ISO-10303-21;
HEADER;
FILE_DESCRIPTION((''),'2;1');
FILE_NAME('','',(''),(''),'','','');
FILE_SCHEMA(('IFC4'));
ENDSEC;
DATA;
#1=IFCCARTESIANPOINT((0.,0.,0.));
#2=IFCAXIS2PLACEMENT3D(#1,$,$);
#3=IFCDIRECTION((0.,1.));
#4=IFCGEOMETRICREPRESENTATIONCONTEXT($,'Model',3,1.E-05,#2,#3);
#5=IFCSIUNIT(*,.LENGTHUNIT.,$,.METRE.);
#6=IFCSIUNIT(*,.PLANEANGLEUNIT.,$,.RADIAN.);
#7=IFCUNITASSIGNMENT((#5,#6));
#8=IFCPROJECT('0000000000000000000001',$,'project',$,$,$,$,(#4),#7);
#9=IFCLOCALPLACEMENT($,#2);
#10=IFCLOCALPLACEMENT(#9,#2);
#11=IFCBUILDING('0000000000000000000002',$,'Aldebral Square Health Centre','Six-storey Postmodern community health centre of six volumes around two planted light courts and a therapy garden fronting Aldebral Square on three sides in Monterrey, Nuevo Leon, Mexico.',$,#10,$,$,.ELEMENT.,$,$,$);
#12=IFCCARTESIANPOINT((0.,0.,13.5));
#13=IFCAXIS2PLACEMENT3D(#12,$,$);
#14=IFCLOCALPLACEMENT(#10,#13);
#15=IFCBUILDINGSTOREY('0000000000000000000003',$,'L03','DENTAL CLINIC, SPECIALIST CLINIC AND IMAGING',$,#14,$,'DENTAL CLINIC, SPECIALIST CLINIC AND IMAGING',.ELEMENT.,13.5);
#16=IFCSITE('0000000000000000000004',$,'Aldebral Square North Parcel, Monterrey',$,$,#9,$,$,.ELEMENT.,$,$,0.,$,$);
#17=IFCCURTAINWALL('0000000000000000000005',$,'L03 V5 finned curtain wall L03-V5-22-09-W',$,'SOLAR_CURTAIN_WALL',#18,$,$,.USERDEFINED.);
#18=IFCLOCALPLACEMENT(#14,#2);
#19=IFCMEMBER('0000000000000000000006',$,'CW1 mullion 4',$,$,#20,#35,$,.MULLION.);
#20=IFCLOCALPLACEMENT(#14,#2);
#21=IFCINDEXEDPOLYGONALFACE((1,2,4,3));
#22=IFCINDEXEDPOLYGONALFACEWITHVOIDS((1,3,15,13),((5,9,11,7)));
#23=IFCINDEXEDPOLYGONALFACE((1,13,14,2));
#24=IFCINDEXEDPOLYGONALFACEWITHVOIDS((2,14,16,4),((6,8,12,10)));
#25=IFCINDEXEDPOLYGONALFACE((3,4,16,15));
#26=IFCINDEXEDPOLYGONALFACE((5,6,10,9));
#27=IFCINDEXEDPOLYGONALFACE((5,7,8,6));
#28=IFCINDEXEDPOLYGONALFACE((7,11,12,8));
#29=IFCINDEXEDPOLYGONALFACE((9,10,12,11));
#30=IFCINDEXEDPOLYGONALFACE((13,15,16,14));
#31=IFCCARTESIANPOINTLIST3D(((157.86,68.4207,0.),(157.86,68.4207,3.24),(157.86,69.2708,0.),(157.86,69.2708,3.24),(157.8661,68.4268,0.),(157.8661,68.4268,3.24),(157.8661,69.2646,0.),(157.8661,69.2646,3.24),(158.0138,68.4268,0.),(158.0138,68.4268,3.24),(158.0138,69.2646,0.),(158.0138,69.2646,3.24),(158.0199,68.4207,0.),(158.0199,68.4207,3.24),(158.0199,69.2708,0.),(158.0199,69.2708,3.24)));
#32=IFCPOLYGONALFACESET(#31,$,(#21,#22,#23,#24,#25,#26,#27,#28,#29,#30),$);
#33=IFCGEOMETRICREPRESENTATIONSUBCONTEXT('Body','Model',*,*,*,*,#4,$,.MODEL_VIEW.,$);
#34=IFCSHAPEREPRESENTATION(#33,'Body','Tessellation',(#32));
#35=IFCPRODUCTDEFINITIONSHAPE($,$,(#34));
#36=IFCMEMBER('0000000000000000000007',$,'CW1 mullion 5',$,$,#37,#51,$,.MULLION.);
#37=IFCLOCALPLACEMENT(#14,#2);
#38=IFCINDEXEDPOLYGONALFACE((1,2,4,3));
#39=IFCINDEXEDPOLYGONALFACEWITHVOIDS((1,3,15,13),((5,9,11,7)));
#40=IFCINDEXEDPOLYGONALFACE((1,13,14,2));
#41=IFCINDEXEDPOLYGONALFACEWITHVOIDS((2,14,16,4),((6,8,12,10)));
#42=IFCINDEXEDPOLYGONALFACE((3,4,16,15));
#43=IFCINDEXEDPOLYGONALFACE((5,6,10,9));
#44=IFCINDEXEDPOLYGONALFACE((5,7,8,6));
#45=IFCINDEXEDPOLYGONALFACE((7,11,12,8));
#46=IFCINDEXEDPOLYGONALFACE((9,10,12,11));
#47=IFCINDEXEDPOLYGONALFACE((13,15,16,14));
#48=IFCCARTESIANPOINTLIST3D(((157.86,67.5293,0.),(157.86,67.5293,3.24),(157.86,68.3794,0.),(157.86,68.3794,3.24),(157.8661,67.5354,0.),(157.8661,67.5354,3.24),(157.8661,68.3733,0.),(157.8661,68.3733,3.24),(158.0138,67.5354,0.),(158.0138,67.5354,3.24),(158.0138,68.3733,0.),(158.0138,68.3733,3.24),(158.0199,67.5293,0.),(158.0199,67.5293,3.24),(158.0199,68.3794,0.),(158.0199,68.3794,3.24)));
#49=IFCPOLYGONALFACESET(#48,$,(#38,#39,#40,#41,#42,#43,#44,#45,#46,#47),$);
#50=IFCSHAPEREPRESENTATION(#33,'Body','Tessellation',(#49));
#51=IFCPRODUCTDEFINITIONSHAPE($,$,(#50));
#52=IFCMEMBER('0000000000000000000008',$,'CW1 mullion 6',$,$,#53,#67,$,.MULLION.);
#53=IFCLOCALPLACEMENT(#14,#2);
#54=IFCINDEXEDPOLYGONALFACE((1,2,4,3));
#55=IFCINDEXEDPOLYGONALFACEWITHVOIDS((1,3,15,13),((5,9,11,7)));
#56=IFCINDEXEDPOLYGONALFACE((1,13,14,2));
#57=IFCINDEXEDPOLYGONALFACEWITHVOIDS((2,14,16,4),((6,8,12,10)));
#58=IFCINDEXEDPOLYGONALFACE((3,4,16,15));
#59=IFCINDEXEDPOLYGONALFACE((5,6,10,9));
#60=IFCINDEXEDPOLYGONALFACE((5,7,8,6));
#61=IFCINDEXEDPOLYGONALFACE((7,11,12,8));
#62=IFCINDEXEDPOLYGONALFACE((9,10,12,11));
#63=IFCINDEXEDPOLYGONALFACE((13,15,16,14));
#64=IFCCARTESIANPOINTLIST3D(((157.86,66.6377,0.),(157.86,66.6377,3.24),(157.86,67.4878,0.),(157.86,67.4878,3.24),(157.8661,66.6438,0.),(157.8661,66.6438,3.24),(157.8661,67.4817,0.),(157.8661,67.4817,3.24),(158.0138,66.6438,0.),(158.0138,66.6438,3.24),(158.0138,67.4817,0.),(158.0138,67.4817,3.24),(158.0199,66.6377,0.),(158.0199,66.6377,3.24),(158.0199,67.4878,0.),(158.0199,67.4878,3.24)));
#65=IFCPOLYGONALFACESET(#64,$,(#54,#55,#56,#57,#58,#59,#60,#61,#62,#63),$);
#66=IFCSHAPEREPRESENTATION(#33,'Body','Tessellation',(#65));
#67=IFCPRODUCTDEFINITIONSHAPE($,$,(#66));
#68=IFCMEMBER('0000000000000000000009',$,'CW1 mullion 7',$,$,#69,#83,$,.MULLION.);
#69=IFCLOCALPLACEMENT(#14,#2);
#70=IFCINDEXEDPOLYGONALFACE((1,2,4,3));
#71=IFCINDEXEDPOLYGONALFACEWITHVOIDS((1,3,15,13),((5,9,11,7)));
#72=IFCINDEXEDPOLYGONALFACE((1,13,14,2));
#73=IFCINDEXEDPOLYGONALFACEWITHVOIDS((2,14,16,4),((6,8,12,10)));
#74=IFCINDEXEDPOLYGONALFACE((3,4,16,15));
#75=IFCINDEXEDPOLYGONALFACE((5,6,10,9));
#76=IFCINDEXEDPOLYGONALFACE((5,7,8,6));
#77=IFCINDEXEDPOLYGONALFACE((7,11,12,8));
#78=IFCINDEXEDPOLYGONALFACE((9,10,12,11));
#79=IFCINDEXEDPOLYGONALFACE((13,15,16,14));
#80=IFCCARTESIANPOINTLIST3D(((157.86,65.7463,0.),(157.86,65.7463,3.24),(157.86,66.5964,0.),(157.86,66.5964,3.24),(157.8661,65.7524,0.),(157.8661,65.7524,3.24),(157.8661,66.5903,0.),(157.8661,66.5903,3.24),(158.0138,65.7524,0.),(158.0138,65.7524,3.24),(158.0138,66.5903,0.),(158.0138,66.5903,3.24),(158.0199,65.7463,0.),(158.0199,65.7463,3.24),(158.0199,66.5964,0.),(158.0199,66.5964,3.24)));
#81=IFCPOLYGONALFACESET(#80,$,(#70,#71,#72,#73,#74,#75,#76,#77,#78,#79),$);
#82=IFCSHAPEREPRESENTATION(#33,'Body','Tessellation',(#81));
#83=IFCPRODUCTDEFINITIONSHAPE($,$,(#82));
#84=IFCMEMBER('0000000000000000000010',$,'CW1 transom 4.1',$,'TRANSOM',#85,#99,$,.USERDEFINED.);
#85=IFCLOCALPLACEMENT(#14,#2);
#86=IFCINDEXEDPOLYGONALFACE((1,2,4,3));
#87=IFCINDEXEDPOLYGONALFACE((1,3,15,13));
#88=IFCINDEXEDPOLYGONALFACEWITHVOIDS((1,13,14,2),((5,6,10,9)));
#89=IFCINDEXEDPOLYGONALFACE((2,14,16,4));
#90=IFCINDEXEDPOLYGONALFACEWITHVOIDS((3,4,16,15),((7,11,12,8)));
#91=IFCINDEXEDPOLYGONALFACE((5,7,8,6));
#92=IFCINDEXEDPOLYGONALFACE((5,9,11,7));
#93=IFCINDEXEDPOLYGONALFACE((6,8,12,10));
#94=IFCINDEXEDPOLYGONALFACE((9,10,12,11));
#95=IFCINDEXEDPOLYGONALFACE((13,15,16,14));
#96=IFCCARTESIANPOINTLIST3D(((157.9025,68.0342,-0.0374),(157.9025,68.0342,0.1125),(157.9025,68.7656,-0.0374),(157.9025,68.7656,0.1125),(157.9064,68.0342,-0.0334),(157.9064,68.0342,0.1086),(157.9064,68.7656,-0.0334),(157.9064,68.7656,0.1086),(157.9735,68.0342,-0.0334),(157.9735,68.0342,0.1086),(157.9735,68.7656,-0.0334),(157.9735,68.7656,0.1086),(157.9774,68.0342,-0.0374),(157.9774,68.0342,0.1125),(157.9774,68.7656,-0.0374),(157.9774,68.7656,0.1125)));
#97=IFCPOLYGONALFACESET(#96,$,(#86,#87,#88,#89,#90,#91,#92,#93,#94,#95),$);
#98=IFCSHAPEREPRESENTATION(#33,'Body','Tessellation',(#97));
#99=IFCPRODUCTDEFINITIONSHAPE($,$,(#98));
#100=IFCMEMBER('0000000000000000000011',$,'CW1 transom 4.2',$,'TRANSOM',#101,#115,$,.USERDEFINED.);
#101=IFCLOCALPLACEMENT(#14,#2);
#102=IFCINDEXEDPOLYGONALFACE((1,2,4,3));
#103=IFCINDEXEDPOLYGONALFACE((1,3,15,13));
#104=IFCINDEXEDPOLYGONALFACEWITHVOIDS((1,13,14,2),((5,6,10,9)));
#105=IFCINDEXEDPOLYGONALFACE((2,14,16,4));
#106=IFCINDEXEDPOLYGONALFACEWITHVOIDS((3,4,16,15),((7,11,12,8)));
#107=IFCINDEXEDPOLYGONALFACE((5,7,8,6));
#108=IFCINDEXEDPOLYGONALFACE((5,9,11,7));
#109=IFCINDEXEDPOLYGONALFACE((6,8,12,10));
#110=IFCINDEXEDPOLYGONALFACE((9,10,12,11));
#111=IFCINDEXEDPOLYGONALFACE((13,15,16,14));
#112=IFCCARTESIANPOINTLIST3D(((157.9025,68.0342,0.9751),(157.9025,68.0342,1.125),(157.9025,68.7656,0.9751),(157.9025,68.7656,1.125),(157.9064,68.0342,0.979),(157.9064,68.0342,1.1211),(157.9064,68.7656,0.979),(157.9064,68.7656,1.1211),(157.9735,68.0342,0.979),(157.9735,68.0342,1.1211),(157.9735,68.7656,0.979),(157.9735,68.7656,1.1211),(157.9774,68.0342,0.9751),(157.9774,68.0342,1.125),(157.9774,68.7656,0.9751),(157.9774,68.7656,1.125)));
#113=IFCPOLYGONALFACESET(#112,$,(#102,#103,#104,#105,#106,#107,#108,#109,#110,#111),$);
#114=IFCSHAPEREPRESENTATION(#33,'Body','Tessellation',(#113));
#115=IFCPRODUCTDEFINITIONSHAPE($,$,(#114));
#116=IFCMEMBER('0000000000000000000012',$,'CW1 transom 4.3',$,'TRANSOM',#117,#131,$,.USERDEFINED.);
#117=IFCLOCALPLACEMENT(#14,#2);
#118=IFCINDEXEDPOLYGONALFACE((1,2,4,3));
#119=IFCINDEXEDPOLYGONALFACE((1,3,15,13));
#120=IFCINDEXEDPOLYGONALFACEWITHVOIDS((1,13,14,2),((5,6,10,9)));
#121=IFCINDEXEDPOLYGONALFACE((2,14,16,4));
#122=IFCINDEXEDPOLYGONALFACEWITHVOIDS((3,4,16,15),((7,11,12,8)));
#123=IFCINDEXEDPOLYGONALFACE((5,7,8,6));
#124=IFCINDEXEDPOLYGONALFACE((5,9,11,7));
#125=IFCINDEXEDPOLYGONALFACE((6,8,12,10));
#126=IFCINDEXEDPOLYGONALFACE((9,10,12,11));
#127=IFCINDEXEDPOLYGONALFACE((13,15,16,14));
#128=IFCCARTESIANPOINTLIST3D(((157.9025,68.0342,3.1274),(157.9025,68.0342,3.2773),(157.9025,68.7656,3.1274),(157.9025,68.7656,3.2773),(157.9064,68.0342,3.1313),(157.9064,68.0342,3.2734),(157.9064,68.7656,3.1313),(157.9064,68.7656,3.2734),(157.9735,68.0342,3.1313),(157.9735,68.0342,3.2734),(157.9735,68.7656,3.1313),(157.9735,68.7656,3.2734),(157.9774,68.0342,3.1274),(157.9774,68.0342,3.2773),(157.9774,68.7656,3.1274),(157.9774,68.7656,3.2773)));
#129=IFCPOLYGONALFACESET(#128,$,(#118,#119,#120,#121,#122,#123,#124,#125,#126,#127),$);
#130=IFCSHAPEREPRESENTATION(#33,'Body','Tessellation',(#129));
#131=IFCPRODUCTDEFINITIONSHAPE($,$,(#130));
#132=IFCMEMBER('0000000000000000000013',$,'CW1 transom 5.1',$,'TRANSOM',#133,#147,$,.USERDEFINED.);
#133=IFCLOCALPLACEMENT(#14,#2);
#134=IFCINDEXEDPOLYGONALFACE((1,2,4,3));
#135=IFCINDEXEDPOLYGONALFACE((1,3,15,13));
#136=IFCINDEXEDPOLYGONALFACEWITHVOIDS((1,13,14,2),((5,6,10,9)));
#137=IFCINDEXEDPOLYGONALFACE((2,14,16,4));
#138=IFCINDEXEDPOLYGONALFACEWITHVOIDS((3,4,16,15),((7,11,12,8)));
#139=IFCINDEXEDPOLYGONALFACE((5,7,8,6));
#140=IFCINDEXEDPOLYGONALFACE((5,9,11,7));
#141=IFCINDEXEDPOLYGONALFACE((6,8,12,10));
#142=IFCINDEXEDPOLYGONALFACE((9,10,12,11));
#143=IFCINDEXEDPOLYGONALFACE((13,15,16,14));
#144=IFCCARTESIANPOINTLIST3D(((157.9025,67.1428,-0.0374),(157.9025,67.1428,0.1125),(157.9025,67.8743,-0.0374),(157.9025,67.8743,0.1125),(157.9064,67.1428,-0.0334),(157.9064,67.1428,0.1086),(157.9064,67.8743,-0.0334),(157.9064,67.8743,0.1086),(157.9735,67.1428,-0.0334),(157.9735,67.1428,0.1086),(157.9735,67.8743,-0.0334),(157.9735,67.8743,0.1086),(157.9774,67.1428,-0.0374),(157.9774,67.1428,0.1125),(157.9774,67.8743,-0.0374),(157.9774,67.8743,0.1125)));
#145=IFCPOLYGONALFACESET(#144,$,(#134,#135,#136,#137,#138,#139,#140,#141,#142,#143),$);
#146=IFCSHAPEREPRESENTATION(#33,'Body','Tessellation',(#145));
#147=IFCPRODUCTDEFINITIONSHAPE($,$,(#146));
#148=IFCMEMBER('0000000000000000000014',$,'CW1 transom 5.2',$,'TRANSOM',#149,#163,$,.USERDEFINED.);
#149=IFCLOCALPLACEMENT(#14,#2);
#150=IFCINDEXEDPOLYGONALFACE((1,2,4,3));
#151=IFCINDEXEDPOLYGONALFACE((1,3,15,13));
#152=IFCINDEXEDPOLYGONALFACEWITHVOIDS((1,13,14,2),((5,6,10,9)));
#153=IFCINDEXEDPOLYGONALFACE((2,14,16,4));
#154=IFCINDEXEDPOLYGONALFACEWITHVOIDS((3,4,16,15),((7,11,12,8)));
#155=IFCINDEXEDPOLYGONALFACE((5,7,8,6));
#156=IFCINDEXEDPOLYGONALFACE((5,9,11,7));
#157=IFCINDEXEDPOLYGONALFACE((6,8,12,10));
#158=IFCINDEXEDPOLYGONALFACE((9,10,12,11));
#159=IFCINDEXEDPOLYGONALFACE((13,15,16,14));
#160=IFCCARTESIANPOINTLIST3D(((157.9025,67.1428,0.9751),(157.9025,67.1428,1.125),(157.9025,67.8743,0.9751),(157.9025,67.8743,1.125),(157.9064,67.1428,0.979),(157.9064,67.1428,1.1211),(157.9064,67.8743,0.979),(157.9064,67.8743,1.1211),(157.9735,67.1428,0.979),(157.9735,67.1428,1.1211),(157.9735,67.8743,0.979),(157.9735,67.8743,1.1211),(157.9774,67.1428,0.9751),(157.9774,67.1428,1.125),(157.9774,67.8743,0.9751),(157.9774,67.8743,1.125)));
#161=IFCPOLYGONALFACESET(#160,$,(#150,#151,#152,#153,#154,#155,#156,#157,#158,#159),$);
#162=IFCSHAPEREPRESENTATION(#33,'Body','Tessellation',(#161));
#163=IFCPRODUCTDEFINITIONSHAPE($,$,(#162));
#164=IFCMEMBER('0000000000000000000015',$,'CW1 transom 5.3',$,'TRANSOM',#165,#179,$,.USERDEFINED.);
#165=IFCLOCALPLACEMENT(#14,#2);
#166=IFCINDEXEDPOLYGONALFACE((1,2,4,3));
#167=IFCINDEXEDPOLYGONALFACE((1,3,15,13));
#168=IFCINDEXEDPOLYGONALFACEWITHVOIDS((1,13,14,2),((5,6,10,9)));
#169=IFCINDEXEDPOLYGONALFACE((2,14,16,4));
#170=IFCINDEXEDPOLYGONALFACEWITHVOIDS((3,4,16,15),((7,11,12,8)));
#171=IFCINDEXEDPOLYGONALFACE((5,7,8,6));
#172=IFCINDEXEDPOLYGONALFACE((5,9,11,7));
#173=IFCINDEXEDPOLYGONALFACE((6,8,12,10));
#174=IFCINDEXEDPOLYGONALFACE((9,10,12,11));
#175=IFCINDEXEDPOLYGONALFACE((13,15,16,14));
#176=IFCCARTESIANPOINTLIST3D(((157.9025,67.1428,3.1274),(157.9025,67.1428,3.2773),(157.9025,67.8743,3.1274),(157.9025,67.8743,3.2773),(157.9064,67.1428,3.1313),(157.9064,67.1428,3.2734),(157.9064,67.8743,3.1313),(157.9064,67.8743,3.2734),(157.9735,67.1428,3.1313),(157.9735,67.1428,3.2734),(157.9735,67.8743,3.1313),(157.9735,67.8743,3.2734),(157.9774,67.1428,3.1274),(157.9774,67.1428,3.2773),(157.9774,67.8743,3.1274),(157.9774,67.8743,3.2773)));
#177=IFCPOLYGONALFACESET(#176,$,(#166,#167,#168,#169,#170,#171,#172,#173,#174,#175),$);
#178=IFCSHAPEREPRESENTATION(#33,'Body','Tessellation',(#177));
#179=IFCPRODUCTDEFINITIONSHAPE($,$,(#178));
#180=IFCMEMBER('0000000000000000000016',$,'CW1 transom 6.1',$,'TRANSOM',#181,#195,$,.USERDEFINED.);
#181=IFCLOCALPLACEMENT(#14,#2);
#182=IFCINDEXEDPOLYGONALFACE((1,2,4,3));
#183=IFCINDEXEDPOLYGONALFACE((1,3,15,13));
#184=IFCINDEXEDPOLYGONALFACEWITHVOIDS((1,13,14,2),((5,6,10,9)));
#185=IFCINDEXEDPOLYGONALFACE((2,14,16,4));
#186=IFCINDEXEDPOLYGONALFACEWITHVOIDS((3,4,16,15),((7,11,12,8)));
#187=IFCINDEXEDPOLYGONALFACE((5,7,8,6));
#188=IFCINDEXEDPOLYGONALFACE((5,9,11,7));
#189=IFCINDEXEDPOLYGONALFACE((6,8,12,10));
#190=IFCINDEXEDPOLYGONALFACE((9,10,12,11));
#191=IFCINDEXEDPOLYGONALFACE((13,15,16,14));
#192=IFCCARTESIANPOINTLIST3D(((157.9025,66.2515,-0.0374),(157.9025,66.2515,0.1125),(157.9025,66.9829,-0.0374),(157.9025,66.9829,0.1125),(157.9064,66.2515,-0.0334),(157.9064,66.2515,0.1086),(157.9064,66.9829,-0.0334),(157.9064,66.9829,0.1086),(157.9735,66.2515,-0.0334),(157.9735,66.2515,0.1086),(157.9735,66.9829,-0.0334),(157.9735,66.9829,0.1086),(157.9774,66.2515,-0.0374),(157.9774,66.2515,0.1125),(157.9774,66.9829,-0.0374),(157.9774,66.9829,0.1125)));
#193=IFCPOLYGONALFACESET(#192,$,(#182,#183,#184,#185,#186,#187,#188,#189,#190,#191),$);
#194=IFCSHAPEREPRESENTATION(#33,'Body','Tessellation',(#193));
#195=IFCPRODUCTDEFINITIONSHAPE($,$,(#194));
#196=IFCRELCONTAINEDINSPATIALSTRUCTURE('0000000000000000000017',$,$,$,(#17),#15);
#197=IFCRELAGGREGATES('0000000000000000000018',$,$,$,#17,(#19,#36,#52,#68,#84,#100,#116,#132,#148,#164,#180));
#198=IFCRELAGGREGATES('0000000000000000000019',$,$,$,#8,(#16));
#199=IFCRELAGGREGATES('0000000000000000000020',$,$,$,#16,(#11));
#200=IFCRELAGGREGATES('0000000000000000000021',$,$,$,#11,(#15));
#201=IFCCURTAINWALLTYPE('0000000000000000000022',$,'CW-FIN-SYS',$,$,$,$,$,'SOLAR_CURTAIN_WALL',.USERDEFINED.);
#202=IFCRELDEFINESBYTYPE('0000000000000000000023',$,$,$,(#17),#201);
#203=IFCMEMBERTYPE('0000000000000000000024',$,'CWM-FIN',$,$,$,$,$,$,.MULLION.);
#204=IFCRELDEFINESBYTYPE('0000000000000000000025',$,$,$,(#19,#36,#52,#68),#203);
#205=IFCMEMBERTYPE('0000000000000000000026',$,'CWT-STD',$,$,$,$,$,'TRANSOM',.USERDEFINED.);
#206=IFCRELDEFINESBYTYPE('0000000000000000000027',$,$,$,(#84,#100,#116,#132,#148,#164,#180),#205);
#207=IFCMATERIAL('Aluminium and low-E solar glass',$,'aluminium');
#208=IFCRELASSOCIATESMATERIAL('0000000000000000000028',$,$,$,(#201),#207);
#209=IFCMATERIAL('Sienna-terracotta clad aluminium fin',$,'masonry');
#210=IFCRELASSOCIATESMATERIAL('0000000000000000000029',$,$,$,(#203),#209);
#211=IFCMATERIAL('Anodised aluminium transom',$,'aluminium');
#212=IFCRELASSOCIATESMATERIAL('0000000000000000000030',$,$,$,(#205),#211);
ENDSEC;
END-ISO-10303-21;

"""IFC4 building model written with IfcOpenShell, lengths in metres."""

from ifc_helpers import new_model, si_unit, direction, frame, origin, origin_2d, place, context, subcontext, project, spatial, hollow_rectangle, extrude, material, material_profile, profile_set, type_object, element, aggregate, save


model = new_model("IFC4")

# Units and contexts
model_context = context("Model", 3, precision=1e-05, world=origin(), true_north=direction((0.0, 1.0)))
body_context = subcontext(model_context, "Body", "Model", "MODEL_VIEW")
ifc_project = project(units=[si_unit("LENGTHUNIT", "METRE"), si_unit("PLANEANGLEUNIT", "RADIAN")], contexts=[model_context])

# Site, building, storey
site_placement = place(None, origin())
site = spatial("IfcSite", under=ifc_project, at=site_placement, Name="Aldebral Square North Parcel, Monterrey", CompositionType="ELEMENT", RefElevation=0.0)
building_placement = place(site_placement, origin())
building = spatial("IfcBuilding", under=site, at=building_placement, Name="Aldebral Square Health Centre", Description="Six-storey Postmodern community health centre of six volumes around two planted light courts and a therapy garden fronting Aldebral Square on three sides in Monterrey, Nuevo Leon, Mexico.", CompositionType="ELEMENT")
storey_placement = place(building_placement, frame((0.0, 0.0, 13.5)))
storey = spatial("IfcBuildingStorey", under=building, at=storey_placement, Name="L03", Description="DENTAL CLINIC, SPECIALIST CLINIC AND IMAGING", LongName="DENTAL CLINIC, SPECIALIST CLINIC AND IMAGING", CompositionType="ELEMENT", Elevation=13.5)

# Curtain wall, members
ifc_material_1 = material(Name="Aluminium and low-E solar glass", Category="aluminium")
curtain_wall_type = type_object("IfcCurtainWallType", Name="CW-FIN-SYS", ElementType="SOLAR_CURTAIN_WALL", PredefinedType="USERDEFINED", material=ifc_material_1)
curtain_wall_placement = place(storey_placement, origin())
curtain_wall = element("IfcCurtainWall", 1, at=curtain_wall_placement, inside=storey, type_object=curtain_wall_type, Name="L03 V5 finned curtain wall L03-V5-22-09-W", ObjectType="SOLAR_CURTAIN_WALL", PredefinedType="USERDEFINED")
ifc_material_2 = material(Name="Sienna-terracotta clad aluminium fin", Category="masonry")
ifc_material_profile_1 = material_profile(ifc_material_2, hollow_rectangle(XDim=0.1599, YDim=0.8501, WallThickness=0.0061, at=origin_2d()), Name="FIN 160x850x6")
ifc_profile_set_1 = profile_set([ifc_material_profile_1], Name="Sienna-terracotta clad aluminium fin")
member_type_1 = type_object("IfcMemberType", Name="CWM-FIN", PredefinedType="MULLION", material=ifc_profile_set_1)
member_1_placement = place(storey_placement, frame((157.9399, 68.8457, 0.0), z_axis=(0.0, 0.0, 1.0), x_axis=(1.0, 0.0, 0.0)))
member_1 = element("IfcMember", 2, at=member_1_placement, type_object=member_type_1, Name="CW1 mullion 4", PredefinedType="MULLION", context=body_context, shape_type="SweptSolid", body=[
    extrude(hollow_rectangle(XDim=0.1599, YDim=0.8501, WallThickness=0.0061, at=origin_2d()), origin(), (0.0, 0.0, 1.0), 3.24),
])
member_2_placement = place(storey_placement, frame((157.9399, 67.9543, 0.0), z_axis=(0.0, 0.0, 1.0), x_axis=(1.0, 0.0, 0.0)))
member_2 = element("IfcMember", 3, at=member_2_placement, type_object=member_type_1, Name="CW1 mullion 5", PredefinedType="MULLION", context=body_context, shape_type="SweptSolid", body=[
    extrude(hollow_rectangle(XDim=0.1599, YDim=0.8501, WallThickness=0.0061, at=origin_2d()), origin(), (0.0, 0.0, 1.0), 3.24),
])
member_3_placement = place(storey_placement, frame((157.9399, 67.0627, 0.0), z_axis=(0.0, 0.0, 1.0), x_axis=(1.0, 0.0, 0.0)))
member_3 = element("IfcMember", 4, at=member_3_placement, type_object=member_type_1, Name="CW1 mullion 6", PredefinedType="MULLION", context=body_context, shape_type="SweptSolid", body=[
    extrude(hollow_rectangle(XDim=0.1599, YDim=0.8501, WallThickness=0.0061, at=origin_2d()), origin(), (0.0, 0.0, 1.0), 3.24),
])
member_4_placement = place(storey_placement, frame((157.9399, 66.1714, 0.0), z_axis=(0.0, 0.0, 1.0), x_axis=(1.0, 0.0, 0.0)))
member_4 = element("IfcMember", 5, at=member_4_placement, type_object=member_type_1, Name="CW1 mullion 7", PredefinedType="MULLION", context=body_context, shape_type="SweptSolid", body=[
    extrude(hollow_rectangle(XDim=0.1599, YDim=0.8501, WallThickness=0.0061, at=origin_2d()), origin(), (0.0, 0.0, 1.0), 3.24),
])
ifc_material_3 = material(Name="Anodised aluminium transom", Category="aluminium")
ifc_material_profile_2 = material_profile(ifc_material_3, hollow_rectangle(XDim=0.075, YDim=0.1499, WallThickness=0.0039, at=origin_2d()), Name="CWT 75x150x4")
ifc_profile_set_2 = profile_set([ifc_material_profile_2], Name="Anodised aluminium transom")
member_type_2 = type_object("IfcMemberType", Name="CWT-STD", ElementType="TRANSOM", PredefinedType="USERDEFINED", material=ifc_profile_set_2)
member_5_placement = place(storey_placement, frame((157.9399, 68.7656, 0.0376), z_axis=(0.0, -1.0, 0.0), x_axis=(1.0, 0.0, 0.0)))
member_5 = element("IfcMember", 6, at=member_5_placement, type_object=member_type_2, Name="CW1 transom 4.1", ObjectType="TRANSOM", PredefinedType="USERDEFINED", context=body_context, shape_type="SweptSolid", body=[
    extrude(hollow_rectangle(XDim=0.075, YDim=0.1499, WallThickness=0.0039, at=origin_2d()), origin(), (0.0, 0.0, 1.0), 0.7314),
])
member_6_placement = place(storey_placement, frame((157.9399, 68.7656, 1.05), z_axis=(0.0, -1.0, 0.0), x_axis=(1.0, 0.0, 0.0)))
member_6 = element("IfcMember", 7, at=member_6_placement, type_object=member_type_2, Name="CW1 transom 4.2", ObjectType="TRANSOM", PredefinedType="USERDEFINED", context=body_context, shape_type="SweptSolid", body=[
    extrude(hollow_rectangle(XDim=0.075, YDim=0.1499, WallThickness=0.0039, at=origin_2d()), origin(), (0.0, 0.0, 1.0), 0.7314),
])
member_7_placement = place(storey_placement, frame((157.9399, 68.7656, 3.2024), z_axis=(0.0, -1.0, 0.0), x_axis=(1.0, 0.0, 0.0)))
member_7 = element("IfcMember", 8, at=member_7_placement, type_object=member_type_2, Name="CW1 transom 4.3", ObjectType="TRANSOM", PredefinedType="USERDEFINED", context=body_context, shape_type="SweptSolid", body=[
    extrude(hollow_rectangle(XDim=0.075, YDim=0.1499, WallThickness=0.0039, at=origin_2d()), origin(), (0.0, 0.0, 1.0), 0.7314),
])
member_8_placement = place(storey_placement, frame((157.9399, 67.8743, 0.0376), z_axis=(0.0, -1.0, 0.0), x_axis=(1.0, 0.0, 0.0)))
member_8 = element("IfcMember", 9, at=member_8_placement, type_object=member_type_2, Name="CW1 transom 5.1", ObjectType="TRANSOM", PredefinedType="USERDEFINED", context=body_context, shape_type="SweptSolid", body=[
    extrude(hollow_rectangle(XDim=0.075, YDim=0.1499, WallThickness=0.0039, at=origin_2d()), origin(), (0.0, 0.0, 1.0), 0.7314),
])
member_9_placement = place(storey_placement, frame((157.9399, 67.8743, 1.05), z_axis=(0.0, -1.0, 0.0), x_axis=(1.0, 0.0, 0.0)))
member_9 = element("IfcMember", 10, at=member_9_placement, type_object=member_type_2, Name="CW1 transom 5.2", ObjectType="TRANSOM", PredefinedType="USERDEFINED", context=body_context, shape_type="SweptSolid", body=[
    extrude(hollow_rectangle(XDim=0.075, YDim=0.1499, WallThickness=0.0039, at=origin_2d()), origin(), (0.0, 0.0, 1.0), 0.7314),
])
member_10_placement = place(storey_placement, frame((157.9399, 67.8743, 3.2024), z_axis=(0.0, -1.0, 0.0), x_axis=(1.0, 0.0, 0.0)))
member_10 = element("IfcMember", 11, at=member_10_placement, type_object=member_type_2, Name="CW1 transom 5.3", ObjectType="TRANSOM", PredefinedType="USERDEFINED", context=body_context, shape_type="SweptSolid", body=[
    extrude(hollow_rectangle(XDim=0.075, YDim=0.1499, WallThickness=0.0039, at=origin_2d()), origin(), (0.0, 0.0, 1.0), 0.7314),
])
member_11_placement = place(storey_placement, frame((157.9399, 66.9829, 0.0376), z_axis=(0.0, -1.0, 0.0), x_axis=(1.0, 0.0, 0.0)))
member_11 = element("IfcMember", 12, at=member_11_placement, type_object=member_type_2, Name="CW1 transom 6.1", ObjectType="TRANSOM", PredefinedType="USERDEFINED", context=body_context, shape_type="SweptSolid", body=[
    extrude(hollow_rectangle(XDim=0.075, YDim=0.1499, WallThickness=0.0039, at=origin_2d()), origin(), (0.0, 0.0, 1.0), 0.7314),
])
aggregate(curtain_wall, [member_1, member_2, member_3, member_4, member_5, member_6, member_7, member_8, member_9, member_10, member_11])

save(model, "model.ifc")
